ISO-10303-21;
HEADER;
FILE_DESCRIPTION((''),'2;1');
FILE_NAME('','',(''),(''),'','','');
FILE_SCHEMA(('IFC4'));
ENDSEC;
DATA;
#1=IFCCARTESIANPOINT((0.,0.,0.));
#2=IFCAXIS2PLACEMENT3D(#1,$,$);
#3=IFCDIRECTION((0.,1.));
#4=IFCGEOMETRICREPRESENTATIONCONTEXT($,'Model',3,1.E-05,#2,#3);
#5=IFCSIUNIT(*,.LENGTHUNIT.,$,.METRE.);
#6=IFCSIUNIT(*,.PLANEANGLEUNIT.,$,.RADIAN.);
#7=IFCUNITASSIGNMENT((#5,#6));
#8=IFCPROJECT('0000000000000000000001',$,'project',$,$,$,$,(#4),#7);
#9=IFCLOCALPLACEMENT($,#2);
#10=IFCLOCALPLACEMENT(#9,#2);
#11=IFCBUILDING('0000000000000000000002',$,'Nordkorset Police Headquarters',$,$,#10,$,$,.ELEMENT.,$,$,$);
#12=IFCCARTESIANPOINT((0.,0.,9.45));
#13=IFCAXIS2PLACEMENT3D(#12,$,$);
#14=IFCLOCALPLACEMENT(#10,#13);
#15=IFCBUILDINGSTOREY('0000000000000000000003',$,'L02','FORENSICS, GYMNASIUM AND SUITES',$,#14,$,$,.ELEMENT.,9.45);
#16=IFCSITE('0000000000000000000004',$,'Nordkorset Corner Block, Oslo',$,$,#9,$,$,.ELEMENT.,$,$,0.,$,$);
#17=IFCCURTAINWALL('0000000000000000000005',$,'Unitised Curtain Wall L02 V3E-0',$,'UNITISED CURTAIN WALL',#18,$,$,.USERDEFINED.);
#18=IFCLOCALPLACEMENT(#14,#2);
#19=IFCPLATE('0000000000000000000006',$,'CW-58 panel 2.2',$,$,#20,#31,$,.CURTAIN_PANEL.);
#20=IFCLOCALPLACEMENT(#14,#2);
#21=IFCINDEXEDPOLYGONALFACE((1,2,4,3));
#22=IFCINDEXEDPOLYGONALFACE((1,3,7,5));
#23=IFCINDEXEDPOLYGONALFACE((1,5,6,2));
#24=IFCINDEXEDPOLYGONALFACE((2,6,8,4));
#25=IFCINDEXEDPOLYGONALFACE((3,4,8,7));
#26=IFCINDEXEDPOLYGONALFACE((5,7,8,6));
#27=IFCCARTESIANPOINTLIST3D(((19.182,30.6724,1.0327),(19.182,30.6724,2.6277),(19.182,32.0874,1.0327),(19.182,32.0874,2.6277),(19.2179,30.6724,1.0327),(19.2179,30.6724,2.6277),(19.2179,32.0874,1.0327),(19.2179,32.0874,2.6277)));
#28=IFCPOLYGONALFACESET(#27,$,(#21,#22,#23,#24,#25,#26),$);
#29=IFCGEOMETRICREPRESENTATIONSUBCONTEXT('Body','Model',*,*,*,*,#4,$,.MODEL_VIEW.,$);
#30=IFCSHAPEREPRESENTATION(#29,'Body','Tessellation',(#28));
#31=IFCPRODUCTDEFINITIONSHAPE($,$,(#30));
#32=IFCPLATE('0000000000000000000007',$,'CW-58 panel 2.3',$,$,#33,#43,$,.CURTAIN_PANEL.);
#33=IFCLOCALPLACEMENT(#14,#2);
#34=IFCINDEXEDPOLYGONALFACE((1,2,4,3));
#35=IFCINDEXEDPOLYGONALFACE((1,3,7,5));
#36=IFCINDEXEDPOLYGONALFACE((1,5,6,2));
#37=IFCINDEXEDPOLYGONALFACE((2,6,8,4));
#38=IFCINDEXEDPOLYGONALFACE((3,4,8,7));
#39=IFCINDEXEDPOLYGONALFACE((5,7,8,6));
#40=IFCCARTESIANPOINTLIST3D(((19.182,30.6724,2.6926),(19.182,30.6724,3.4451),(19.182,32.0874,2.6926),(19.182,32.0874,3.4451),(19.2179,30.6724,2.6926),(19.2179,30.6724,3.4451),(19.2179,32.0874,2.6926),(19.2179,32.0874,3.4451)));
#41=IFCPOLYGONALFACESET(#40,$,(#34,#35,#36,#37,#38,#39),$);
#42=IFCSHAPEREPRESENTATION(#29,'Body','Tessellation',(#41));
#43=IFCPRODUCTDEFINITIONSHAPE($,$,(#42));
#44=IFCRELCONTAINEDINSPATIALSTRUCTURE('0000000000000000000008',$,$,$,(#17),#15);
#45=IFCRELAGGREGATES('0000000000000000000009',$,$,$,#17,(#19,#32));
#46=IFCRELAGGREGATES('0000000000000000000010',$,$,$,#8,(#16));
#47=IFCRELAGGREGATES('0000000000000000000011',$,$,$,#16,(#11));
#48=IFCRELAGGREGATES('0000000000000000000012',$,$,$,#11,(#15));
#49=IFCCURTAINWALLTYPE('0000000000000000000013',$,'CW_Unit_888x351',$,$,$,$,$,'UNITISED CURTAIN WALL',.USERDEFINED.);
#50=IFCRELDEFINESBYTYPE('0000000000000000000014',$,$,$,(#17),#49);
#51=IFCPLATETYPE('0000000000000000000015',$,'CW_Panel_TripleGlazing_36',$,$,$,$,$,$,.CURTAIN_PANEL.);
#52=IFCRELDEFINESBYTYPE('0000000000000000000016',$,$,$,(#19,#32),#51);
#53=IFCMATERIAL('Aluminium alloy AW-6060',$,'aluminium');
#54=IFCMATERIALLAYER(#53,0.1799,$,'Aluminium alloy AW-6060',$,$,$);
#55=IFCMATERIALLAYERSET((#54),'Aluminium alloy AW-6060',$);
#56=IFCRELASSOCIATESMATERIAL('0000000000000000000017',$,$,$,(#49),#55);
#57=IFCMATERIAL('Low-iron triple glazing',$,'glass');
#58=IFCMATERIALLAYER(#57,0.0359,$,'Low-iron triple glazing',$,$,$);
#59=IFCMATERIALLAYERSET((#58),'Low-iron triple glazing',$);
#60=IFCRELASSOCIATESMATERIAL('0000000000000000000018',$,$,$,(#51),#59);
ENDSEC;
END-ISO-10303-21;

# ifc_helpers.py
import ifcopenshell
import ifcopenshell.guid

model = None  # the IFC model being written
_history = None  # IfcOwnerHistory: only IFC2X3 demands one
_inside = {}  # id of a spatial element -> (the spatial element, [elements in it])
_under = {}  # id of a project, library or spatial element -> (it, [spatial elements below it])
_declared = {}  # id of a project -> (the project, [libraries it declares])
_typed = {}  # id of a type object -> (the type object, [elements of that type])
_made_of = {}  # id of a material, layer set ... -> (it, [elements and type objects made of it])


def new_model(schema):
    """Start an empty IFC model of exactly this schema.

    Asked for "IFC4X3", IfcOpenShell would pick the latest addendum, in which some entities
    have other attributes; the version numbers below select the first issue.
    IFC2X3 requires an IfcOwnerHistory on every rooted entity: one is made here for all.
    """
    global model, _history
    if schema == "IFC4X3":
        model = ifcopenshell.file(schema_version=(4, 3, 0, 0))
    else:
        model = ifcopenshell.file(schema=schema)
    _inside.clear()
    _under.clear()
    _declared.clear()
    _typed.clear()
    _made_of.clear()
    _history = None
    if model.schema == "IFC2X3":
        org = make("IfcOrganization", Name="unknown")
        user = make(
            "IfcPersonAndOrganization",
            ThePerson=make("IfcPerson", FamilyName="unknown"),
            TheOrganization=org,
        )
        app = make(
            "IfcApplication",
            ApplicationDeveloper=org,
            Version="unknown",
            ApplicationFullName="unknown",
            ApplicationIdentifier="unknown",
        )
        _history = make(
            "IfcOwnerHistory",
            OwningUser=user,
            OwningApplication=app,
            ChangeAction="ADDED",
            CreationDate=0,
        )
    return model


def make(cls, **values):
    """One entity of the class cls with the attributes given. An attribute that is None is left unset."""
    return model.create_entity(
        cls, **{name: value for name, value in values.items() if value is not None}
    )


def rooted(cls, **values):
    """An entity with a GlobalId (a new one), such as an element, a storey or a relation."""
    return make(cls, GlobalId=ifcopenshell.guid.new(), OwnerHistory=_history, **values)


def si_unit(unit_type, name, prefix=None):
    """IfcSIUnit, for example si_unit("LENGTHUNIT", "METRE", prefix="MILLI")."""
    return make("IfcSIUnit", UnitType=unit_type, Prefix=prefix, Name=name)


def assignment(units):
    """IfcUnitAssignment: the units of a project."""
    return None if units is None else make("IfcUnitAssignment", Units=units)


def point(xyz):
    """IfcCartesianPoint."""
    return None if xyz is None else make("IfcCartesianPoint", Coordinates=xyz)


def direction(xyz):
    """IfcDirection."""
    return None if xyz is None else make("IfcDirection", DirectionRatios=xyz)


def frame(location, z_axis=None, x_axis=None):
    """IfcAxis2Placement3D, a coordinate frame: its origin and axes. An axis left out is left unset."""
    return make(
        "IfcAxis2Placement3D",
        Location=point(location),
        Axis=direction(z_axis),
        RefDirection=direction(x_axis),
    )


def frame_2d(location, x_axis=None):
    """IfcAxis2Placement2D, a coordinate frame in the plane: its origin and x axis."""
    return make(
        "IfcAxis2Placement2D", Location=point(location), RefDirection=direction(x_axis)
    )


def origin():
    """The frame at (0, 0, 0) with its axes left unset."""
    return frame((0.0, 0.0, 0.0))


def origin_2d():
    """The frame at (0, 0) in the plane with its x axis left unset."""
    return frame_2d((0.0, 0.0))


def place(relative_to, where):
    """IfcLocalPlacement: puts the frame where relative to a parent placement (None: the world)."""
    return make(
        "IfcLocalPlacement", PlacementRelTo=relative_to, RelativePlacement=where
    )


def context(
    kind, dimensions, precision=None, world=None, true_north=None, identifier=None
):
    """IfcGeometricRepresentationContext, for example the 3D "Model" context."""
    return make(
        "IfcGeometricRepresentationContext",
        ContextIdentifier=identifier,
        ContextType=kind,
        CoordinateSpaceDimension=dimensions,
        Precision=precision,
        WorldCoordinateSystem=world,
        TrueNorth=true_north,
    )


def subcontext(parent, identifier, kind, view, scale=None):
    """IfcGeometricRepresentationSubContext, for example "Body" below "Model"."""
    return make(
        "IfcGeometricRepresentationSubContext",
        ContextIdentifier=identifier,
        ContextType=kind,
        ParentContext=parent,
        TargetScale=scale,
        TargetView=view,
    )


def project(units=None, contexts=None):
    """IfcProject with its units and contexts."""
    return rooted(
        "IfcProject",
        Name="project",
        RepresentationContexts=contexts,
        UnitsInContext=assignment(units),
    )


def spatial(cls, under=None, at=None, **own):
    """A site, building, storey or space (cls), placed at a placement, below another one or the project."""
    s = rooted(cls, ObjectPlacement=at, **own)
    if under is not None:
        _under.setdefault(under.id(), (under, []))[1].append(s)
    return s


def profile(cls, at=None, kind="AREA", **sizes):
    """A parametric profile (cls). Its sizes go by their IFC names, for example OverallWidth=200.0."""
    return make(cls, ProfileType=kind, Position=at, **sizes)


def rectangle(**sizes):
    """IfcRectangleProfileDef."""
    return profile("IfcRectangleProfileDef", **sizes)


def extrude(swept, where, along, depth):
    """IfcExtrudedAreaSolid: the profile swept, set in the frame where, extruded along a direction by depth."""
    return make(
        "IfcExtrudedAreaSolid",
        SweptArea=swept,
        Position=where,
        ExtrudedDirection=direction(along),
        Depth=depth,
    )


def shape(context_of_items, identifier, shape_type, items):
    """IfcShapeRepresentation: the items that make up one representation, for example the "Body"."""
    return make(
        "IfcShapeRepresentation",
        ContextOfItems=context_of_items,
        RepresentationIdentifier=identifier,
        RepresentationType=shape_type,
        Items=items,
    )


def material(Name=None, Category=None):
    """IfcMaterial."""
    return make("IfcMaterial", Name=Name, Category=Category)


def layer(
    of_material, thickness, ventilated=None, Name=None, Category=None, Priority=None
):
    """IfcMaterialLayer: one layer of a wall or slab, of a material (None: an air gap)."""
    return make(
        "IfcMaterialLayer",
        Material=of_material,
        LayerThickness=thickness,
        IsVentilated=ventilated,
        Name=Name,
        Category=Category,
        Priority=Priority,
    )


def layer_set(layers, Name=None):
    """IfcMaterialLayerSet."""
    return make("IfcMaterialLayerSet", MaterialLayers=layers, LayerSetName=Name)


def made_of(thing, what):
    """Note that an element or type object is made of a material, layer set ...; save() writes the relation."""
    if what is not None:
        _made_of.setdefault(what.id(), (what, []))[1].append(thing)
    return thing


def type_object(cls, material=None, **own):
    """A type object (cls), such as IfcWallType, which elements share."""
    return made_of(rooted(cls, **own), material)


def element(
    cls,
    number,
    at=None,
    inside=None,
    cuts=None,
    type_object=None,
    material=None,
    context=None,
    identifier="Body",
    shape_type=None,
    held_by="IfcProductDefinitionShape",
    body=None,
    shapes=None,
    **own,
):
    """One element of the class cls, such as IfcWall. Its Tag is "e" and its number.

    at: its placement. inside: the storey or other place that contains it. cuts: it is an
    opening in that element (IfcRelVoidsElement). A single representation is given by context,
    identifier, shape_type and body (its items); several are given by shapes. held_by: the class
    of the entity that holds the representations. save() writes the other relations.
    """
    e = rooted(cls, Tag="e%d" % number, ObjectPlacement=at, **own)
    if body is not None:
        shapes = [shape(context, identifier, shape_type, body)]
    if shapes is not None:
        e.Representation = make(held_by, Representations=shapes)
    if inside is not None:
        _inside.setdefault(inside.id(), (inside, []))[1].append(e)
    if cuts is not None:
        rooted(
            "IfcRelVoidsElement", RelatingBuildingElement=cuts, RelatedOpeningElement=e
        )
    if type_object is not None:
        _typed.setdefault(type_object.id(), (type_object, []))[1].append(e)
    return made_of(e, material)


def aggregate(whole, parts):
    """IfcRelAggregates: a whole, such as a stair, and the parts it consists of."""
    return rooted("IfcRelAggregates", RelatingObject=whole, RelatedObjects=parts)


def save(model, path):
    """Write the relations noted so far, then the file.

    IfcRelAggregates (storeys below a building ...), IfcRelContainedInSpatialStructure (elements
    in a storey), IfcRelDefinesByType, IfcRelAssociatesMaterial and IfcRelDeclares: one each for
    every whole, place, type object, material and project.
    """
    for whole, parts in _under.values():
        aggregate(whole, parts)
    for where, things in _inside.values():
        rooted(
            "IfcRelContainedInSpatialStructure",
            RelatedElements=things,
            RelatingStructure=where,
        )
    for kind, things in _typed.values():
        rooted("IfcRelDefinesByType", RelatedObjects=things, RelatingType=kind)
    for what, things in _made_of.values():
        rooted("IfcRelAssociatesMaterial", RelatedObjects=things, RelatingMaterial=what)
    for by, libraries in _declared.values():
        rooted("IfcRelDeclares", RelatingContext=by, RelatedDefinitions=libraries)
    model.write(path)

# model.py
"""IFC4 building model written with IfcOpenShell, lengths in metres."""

from ifc_helpers import new_model, si_unit, direction, frame, origin, origin_2d, place, context, subcontext, project, spatial, rectangle, extrude, material, layer, layer_set, type_object, element, aggregate, save


model = new_model("IFC4")

# Units and contexts
model_context = context("Model", 3, precision=1e-05, world=origin(), true_north=direction((0.0, 1.0)))
body_context = subcontext(model_context, "Body", "Model", "MODEL_VIEW")
ifc_project = project(units=[si_unit("LENGTHUNIT", "METRE"), si_unit("PLANEANGLEUNIT", "RADIAN")], contexts=[model_context])

# Site, building, storey
site_placement = place(None, origin())
site = spatial("IfcSite", under=ifc_project, at=site_placement, Name="Nordkorset Corner Block, Oslo", CompositionType="ELEMENT", RefElevation=0.0)
building_placement = place(site_placement, origin())
building = spatial("IfcBuilding", under=site, at=building_placement, Name="Nordkorset Police Headquarters", CompositionType="ELEMENT")
storey_placement = place(building_placement, frame((0.0, 0.0, 9.45)))
storey = spatial("IfcBuildingStorey", under=building, at=storey_placement, Name="L02", Description="FORENSICS, GYMNASIUM AND SUITES", CompositionType="ELEMENT", Elevation=9.45)

# Curtain wall
ifc_material_1 = material(Name="Aluminium alloy AW-6060", Category="aluminium")
ifc_layer_1 = layer(ifc_material_1, 0.1799, Name="Aluminium alloy AW-6060")
ifc_layer_set_1 = layer_set([ifc_layer_1], Name="Aluminium alloy AW-6060")
curtain_wall_type = type_object("IfcCurtainWallType", Name="CW_Unit_888x351", ElementType="UNITISED CURTAIN WALL", PredefinedType="USERDEFINED", material=ifc_layer_set_1)
curtain_wall_placement = place(storey_placement, origin())
curtain_wall = element("IfcCurtainWall", 1, at=curtain_wall_placement, inside=storey, type_object=curtain_wall_type, Name="Unitised Curtain Wall L02 V3E-0", ObjectType="UNITISED CURTAIN WALL", PredefinedType="USERDEFINED")

# Plates
ifc_material_2 = material(Name="Low-iron triple glazing", Category="glass")
ifc_layer_2 = layer(ifc_material_2, 0.0359, Name="Low-iron triple glazing")
ifc_layer_set_2 = layer_set([ifc_layer_2], Name="Low-iron triple glazing")
plate_type = type_object("IfcPlateType", Name="CW_Panel_TripleGlazing_36", PredefinedType="CURTAIN_PANEL", material=ifc_layer_set_2)
plate_1_placement = place(storey_placement, frame((19.2, 31.3799, 1.0327), z_axis=(0.0, 0.0, 1.0), x_axis=(0.0, 1.0, 0.0)))
plate_1 = element("IfcPlate", 2, at=plate_1_placement, type_object=plate_type, Name="CW-58 panel 2.2", PredefinedType="CURTAIN_PANEL", context=body_context, shape_type="SweptSolid", body=[
    extrude(rectangle(XDim=1.415, YDim=0.0359, at=origin_2d()), origin(), (0.0, 0.0, 1.0), 1.595),
])
plate_2_placement = place(storey_placement, frame((19.2, 31.3799, 2.6926), z_axis=(0.0, 0.0, 1.0), x_axis=(0.0, 1.0, 0.0)))
plate_2 = element("IfcPlate", 3, at=plate_2_placement, type_object=plate_type, Name="CW-58 panel 2.3", PredefinedType="CURTAIN_PANEL", context=body_context, shape_type="SweptSolid", body=[
    extrude(rectangle(XDim=1.415, YDim=0.0359, at=origin_2d()), origin(), (0.0, 0.0, 1.0), 0.7524),
])
aggregate(curtain_wall, [plate_1, plate_2])

save(model, "model.ifc")
